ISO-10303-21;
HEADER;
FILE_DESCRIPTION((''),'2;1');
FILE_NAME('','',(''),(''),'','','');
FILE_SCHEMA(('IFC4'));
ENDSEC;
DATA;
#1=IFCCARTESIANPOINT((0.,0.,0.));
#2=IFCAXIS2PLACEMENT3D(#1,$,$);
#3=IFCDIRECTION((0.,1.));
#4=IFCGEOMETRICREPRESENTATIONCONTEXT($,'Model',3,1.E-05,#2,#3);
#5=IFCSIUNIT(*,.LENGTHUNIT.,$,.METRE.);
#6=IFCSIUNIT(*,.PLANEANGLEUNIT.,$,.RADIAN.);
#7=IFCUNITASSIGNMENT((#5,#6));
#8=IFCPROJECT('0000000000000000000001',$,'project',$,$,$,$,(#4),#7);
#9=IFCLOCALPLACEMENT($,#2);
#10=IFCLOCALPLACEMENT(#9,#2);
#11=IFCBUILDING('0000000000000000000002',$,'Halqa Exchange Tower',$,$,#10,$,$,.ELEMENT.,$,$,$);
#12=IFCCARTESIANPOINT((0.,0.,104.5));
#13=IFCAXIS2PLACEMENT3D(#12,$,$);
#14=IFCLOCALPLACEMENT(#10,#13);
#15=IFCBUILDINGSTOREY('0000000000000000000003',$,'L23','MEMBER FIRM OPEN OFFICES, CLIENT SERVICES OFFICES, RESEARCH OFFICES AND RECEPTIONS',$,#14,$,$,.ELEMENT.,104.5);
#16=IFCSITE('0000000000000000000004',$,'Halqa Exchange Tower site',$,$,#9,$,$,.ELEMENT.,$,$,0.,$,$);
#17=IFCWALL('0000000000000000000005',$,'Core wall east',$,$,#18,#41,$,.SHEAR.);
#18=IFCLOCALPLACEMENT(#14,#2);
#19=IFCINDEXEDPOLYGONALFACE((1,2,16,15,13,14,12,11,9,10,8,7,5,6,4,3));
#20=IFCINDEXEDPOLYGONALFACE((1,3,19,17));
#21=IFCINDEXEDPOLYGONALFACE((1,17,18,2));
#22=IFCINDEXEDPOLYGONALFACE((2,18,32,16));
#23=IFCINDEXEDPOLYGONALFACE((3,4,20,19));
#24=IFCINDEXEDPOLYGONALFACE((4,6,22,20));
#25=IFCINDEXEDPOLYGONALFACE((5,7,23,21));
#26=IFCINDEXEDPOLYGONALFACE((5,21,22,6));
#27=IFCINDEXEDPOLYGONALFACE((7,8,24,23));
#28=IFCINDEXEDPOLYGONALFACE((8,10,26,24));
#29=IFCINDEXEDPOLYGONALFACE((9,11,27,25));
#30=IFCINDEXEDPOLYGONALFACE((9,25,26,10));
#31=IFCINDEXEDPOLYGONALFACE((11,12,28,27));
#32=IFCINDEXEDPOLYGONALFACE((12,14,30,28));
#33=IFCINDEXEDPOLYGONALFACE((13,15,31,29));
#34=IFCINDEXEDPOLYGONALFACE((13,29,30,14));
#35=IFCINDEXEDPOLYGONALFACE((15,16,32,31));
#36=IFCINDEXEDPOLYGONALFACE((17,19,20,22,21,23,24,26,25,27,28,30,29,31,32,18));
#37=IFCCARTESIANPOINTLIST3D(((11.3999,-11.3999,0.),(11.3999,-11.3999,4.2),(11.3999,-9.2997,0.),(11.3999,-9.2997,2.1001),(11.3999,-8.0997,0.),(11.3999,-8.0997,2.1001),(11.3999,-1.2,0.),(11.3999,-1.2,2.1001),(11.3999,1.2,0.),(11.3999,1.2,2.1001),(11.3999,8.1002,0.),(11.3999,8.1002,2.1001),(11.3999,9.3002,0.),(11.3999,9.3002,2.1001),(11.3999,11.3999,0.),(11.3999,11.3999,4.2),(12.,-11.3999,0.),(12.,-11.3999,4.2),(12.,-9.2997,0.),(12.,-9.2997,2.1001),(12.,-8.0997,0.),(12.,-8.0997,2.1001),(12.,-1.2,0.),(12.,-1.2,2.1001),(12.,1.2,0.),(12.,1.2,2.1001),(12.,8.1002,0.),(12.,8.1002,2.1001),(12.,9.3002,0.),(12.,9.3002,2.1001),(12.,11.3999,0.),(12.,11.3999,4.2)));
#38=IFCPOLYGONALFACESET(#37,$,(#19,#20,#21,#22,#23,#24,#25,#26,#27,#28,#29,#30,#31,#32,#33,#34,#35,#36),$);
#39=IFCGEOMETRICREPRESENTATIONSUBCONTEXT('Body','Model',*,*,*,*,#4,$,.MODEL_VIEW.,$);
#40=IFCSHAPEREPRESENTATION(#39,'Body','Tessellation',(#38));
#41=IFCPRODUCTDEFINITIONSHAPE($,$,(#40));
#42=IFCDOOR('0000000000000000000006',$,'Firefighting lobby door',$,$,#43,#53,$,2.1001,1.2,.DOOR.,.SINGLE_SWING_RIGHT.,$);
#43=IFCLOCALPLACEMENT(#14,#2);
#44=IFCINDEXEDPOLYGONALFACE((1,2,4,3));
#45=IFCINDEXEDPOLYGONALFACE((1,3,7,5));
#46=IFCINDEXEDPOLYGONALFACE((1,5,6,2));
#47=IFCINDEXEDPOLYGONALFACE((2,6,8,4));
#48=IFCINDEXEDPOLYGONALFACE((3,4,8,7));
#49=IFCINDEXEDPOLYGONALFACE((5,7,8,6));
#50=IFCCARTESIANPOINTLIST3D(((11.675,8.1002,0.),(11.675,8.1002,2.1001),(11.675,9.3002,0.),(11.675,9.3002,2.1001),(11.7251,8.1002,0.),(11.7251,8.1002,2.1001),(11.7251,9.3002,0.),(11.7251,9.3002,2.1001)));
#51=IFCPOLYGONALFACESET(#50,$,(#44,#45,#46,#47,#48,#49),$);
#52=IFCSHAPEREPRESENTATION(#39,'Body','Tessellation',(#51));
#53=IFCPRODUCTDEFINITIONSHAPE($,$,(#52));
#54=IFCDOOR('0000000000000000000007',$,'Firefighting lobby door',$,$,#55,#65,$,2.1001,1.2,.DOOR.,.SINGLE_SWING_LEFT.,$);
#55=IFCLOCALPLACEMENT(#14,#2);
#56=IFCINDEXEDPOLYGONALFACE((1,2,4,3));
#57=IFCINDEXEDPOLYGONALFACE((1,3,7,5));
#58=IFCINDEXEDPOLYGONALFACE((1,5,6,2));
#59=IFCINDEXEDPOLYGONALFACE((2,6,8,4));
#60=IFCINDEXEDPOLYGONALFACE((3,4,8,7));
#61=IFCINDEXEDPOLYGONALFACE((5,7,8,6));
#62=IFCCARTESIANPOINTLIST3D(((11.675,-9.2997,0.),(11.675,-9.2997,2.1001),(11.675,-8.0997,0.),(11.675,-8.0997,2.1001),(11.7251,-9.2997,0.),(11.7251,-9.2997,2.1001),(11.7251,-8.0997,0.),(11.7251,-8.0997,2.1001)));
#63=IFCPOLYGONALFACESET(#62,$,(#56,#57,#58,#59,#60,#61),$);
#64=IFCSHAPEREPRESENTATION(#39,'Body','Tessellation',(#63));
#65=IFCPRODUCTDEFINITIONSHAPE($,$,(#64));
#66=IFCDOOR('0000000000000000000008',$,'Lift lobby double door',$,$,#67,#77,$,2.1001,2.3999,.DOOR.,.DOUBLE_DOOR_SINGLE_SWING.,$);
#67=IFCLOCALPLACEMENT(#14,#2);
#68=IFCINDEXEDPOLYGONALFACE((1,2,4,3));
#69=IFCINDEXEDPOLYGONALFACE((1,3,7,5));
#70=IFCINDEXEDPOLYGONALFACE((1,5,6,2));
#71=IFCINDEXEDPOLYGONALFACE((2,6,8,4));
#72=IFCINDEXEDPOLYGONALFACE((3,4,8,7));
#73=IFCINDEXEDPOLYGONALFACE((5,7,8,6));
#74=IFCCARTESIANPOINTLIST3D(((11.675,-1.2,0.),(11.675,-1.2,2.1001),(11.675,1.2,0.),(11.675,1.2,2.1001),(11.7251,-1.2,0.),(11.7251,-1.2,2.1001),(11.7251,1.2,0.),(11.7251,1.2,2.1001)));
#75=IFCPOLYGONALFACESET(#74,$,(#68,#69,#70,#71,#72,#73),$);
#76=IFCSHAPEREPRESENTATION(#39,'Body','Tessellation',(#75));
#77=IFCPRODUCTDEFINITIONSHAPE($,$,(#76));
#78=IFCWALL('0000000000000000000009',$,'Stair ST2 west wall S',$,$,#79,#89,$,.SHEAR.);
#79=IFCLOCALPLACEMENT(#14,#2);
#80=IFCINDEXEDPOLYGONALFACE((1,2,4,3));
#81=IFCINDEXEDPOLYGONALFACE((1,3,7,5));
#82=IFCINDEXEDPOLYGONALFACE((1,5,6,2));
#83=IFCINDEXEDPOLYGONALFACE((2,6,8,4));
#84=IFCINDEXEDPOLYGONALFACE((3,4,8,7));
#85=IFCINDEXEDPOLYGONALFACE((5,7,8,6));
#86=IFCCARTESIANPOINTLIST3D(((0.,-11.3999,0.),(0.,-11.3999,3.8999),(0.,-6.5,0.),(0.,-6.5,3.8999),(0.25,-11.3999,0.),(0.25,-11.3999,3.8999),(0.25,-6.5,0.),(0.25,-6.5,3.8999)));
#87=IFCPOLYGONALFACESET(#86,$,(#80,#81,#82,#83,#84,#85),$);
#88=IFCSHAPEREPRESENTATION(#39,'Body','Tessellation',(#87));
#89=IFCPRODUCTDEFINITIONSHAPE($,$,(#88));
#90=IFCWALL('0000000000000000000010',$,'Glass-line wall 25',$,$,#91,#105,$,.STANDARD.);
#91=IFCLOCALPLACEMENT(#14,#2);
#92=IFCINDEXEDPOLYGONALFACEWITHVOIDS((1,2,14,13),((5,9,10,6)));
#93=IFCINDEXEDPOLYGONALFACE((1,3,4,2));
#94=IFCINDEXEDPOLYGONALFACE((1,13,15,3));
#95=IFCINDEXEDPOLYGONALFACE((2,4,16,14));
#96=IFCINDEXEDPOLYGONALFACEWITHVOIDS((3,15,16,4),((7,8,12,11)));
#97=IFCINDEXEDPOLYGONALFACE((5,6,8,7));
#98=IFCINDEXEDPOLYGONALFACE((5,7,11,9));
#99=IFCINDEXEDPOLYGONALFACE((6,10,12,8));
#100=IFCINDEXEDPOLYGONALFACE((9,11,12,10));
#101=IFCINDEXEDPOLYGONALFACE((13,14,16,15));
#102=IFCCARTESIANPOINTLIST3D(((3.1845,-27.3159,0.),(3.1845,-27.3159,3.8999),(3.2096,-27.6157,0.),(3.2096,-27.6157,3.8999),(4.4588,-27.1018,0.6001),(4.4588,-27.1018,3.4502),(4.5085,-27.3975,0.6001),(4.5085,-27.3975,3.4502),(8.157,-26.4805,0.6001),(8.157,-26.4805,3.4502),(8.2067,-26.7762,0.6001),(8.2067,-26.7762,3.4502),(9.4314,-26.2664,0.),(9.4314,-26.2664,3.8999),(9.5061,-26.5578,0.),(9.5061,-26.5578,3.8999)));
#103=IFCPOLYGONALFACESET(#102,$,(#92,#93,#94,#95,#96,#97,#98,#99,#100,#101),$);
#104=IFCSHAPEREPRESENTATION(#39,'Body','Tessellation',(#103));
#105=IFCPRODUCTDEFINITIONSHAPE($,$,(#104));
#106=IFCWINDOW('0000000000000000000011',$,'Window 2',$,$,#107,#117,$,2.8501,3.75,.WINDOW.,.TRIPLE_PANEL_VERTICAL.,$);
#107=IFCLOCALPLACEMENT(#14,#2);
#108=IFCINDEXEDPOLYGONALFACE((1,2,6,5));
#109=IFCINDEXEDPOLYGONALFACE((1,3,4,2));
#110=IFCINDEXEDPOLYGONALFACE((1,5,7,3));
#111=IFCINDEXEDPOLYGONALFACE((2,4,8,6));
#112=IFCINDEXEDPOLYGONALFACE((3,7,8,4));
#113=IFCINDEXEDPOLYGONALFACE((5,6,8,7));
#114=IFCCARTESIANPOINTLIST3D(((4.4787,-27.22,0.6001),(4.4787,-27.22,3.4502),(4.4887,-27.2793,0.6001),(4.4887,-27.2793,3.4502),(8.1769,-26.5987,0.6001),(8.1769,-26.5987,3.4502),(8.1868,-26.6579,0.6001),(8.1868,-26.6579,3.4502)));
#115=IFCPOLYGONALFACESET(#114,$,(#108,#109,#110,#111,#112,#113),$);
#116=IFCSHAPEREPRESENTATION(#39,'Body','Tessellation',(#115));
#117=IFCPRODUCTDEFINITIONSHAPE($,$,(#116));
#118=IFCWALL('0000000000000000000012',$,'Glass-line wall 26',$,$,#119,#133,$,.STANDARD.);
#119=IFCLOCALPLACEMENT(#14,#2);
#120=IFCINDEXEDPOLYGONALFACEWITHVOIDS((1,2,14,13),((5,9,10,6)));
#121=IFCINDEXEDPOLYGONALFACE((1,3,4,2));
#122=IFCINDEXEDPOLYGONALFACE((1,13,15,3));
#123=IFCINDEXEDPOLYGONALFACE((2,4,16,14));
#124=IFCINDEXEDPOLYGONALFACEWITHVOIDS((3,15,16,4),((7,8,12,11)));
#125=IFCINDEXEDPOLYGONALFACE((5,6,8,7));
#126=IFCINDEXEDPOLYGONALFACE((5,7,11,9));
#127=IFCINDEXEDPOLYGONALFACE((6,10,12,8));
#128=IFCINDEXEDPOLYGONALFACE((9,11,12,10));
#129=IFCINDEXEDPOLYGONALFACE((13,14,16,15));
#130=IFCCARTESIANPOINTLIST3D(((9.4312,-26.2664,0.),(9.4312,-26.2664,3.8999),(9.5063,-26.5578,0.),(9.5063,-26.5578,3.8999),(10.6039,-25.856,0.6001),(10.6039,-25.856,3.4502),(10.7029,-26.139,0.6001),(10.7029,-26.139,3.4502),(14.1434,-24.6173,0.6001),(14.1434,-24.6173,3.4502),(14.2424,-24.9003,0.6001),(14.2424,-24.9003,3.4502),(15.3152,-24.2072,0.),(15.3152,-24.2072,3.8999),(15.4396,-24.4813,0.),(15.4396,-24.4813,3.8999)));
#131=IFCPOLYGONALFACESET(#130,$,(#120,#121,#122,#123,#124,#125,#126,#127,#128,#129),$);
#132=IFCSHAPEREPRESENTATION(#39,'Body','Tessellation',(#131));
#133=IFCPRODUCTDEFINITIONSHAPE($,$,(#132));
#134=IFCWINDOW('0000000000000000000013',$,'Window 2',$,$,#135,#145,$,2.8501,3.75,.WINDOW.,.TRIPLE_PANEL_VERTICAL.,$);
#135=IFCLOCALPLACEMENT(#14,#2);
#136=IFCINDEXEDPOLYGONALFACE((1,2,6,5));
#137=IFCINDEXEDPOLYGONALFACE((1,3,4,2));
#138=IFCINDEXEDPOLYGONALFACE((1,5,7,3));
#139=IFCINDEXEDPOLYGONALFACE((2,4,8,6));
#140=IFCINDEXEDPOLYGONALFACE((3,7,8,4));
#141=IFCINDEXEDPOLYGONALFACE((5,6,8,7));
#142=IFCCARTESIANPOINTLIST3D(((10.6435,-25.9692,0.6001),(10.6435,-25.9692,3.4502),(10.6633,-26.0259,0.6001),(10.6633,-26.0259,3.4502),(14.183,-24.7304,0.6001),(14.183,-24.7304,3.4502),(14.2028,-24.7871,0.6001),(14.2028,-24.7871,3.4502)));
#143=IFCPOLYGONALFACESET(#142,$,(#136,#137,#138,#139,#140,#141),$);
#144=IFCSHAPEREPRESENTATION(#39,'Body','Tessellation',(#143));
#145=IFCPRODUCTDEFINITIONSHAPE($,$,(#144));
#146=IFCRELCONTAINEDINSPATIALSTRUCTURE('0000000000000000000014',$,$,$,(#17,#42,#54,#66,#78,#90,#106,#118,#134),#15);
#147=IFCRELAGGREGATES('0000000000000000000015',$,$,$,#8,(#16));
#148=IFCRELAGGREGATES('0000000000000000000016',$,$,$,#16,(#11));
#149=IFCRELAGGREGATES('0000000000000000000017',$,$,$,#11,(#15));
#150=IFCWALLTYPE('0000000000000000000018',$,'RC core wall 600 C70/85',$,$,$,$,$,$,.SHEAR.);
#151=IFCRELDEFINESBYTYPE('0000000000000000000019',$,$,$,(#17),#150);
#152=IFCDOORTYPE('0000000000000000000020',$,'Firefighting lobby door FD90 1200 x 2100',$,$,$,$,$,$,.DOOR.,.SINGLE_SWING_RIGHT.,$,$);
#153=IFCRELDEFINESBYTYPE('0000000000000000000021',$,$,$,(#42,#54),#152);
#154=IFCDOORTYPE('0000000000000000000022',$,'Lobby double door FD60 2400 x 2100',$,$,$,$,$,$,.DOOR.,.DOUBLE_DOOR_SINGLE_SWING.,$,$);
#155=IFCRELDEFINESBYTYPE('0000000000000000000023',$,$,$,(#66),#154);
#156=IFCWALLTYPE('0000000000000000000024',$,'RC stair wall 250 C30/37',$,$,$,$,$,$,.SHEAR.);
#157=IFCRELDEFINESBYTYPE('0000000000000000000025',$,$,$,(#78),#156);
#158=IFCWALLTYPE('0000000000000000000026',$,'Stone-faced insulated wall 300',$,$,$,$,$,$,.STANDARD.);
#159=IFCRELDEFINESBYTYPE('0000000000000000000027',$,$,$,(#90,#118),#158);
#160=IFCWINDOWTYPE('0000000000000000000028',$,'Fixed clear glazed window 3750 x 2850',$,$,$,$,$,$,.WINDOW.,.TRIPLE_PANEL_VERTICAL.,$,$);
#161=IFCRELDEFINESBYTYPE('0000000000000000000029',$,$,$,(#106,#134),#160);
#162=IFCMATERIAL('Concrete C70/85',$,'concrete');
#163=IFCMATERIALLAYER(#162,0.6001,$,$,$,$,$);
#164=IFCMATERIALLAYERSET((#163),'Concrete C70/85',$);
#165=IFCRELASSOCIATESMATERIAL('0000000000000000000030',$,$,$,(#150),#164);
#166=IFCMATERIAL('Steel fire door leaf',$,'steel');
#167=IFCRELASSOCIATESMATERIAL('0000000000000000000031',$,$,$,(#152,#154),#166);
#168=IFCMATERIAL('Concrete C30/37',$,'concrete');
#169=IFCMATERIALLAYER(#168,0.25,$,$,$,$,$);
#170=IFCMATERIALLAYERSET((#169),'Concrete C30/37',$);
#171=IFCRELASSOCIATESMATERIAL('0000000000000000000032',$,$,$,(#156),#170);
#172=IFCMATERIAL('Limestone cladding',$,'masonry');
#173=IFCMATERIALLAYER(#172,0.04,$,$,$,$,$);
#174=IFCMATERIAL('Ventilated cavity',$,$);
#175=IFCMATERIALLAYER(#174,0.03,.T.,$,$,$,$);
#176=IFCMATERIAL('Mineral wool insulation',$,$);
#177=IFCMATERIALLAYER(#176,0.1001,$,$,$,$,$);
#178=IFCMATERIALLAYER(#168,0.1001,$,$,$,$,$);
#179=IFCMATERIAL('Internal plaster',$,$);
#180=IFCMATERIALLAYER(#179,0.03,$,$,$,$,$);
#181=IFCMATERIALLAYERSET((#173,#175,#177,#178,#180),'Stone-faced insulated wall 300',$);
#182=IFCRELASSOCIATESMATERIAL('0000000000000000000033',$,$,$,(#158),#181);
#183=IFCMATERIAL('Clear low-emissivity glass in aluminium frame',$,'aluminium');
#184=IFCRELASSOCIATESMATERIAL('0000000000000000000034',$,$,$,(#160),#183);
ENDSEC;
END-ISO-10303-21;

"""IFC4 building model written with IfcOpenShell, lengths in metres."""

from ifc_helpers import new_model, si_unit, direction, frame, frame_2d, origin, place, context, subcontext, project, spatial, polyline, rectangle, outline, extrude, material, layer, layer_set, type_object, element, fill, save


model = new_model("IFC4")

# Units and contexts
model_context = context("Model", 3, precision=1e-05, world=origin(), true_north=direction((0.0, 1.0)))
body_context = subcontext(model_context, "Body", "Model", "MODEL_VIEW")
ifc_project = project(units=[si_unit("LENGTHUNIT", "METRE"), si_unit("PLANEANGLEUNIT", "RADIAN")], contexts=[model_context])

# Site, building, storey
site_placement = place(None, origin())
site = spatial("IfcSite", under=ifc_project, at=site_placement, Name="Halqa Exchange Tower site", CompositionType="ELEMENT", RefElevation=0.0)
building_placement = place(site_placement, origin())
building = spatial("IfcBuilding", under=site, at=building_placement, Name="Halqa Exchange Tower", CompositionType="ELEMENT")
storey_placement = place(building_placement, frame((0.0, 0.0, 104.5)))
storey = spatial("IfcBuildingStorey", under=building, at=storey_placement, Name="L23", Description="MEMBER FIRM OPEN OFFICES, CLIENT SERVICES OFFICES, RESEARCH OFFICES AND RECEPTIONS", CompositionType="ELEMENT", Elevation=104.5)

# Shared definitions
ifc_material_1 = material(Name="Concrete C70/85", Category="concrete")

# Wall, openings, doors
ifc_layer_1 = layer(ifc_material_1, 0.6001)
ifc_layer_set_1 = layer_set([ifc_layer_1], Name="Concrete C70/85")
wall_type_1 = type_object("IfcWallType", Name="RC core wall 600 C70/85", PredefinedType="SHEAR", material=ifc_layer_set_1)
wall_1_placement = place(storey_placement, frame((11.7, -11.3999, 0.0), z_axis=(0.0, 0.0, 1.0), x_axis=(0.0, 1.0, 0.0)))
wall_1 = element("IfcWall", 1, at=wall_1_placement, inside=storey, type_object=wall_type_1, Name="Core wall east", PredefinedType="SHEAR", context=body_context, shape_type="SweptSolid", body=[
    extrude(rectangle(XDim=22.7998, YDim=0.6001, at=frame_2d((11.3999, 0.0))), origin(), (0.0, 0.0, 1.0), 4.2),
])
opening_1_placement = place(wall_1_placement, frame((10.2, 0.0, 0.0)))
opening_1 = element("IfcOpeningElement", 2, at=opening_1_placement, cuts=wall_1, PredefinedType="OPENING", context=body_context, shape_type="SweptSolid", body=[
    extrude(rectangle(XDim=2.3999, YDim=2.1001, at=frame_2d((1.2, 1.05))), frame((0.0, 0.312, 0.0), z_axis=(0.0, -1.0, 0.0), x_axis=(1.0, 0.0, 0.0)), (0.0, 0.0, 1.0), 0.624),
])
opening_2_placement = place(wall_1_placement, frame((19.5, 0.0, 0.0)))
opening_2 = element("IfcOpeningElement", 3, at=opening_2_placement, cuts=wall_1, PredefinedType="OPENING", context=body_context, shape_type="SweptSolid", body=[
    extrude(rectangle(XDim=1.2, YDim=2.1001, at=frame_2d((0.6001, 1.05))), frame((0.0, 0.312, 0.0), z_axis=(0.0, -1.0, 0.0), x_axis=(1.0, 0.0, 0.0)), (0.0, 0.0, 1.0), 0.624),
])
opening_3_placement = place(wall_1_placement, frame((2.1001, 0.0, 0.0)))
opening_3 = element("IfcOpeningElement", 4, at=opening_3_placement, cuts=wall_1, PredefinedType="OPENING", context=body_context, shape_type="SweptSolid", body=[
    extrude(rectangle(XDim=1.2, YDim=2.1001, at=frame_2d((0.6001, 1.05))), frame((0.0, 0.312, 0.0), z_axis=(0.0, -1.0, 0.0), x_axis=(1.0, 0.0, 0.0)), (0.0, 0.0, 1.0), 0.624),
])
ifc_material_2 = material(Name="Steel fire door leaf", Category="steel")
door_type_1 = type_object("IfcDoorType", Name="Firefighting lobby door FD90 1200 x 2100", OperationType="SINGLE_SWING_RIGHT", PredefinedType="DOOR", material=ifc_material_2)
door_1_placement = place(opening_2_placement, origin())
door_1 = element("IfcDoor", 5, at=door_1_placement, inside=storey, type_object=door_type_1, Name="Firefighting lobby door", OperationType="SINGLE_SWING_RIGHT", OverallHeight=2.1001, OverallWidth=1.2, PredefinedType="DOOR", context=body_context, shape_type="SweptSolid", body=[
    extrude(rectangle(XDim=1.2, YDim=2.1001, at=frame_2d((0.6001, 1.05))), frame((0.0, 0.0249, 0.0), z_axis=(0.0, -1.0, 0.0), x_axis=(1.0, 0.0, 0.0)), (0.0, 0.0, 1.0), 0.05),
])
fill(opening_2, door_1)
door_2_placement = place(opening_3_placement, origin())
door_2 = element("IfcDoor", 6, at=door_2_placement, inside=storey, type_object=door_type_1, Name="Firefighting lobby door", OperationType="SINGLE_SWING_LEFT", OverallHeight=2.1001, OverallWidth=1.2, PredefinedType="DOOR", context=body_context, shape_type="SweptSolid", body=[
    extrude(rectangle(XDim=1.2, YDim=2.1001, at=frame_2d((0.6001, 1.05))), frame((0.0, 0.0249, 0.0), z_axis=(0.0, -1.0, 0.0), x_axis=(1.0, 0.0, 0.0)), (0.0, 0.0, 1.0), 0.05),
])
fill(opening_3, door_2)
door_type_2 = type_object("IfcDoorType", Name="Lobby double door FD60 2400 x 2100", OperationType="DOUBLE_DOOR_SINGLE_SWING", PredefinedType="DOOR", material=ifc_material_2)
door_3_placement = place(opening_1_placement, origin())
door_3 = element("IfcDoor", 7, at=door_3_placement, inside=storey, type_object=door_type_2, Name="Lift lobby double door", OperationType="DOUBLE_DOOR_SINGLE_SWING", OverallHeight=2.1001, OverallWidth=2.3999, PredefinedType="DOOR", context=body_context, shape_type="SweptSolid", body=[
    extrude(rectangle(XDim=2.3999, YDim=2.1001, at=frame_2d((1.2, 1.05))), frame((0.0, 0.0249, 0.0), z_axis=(0.0, -1.0, 0.0), x_axis=(1.0, 0.0, 0.0)), (0.0, 0.0, 1.0), 0.05),
])
fill(opening_1, door_3)

# Wall
ifc_material_3 = material(Name="Concrete C30/37", Category="concrete")
ifc_layer_2 = layer(ifc_material_3, 0.25)
ifc_layer_set_2 = layer_set([ifc_layer_2], Name="Concrete C30/37")
wall_type_2 = type_object("IfcWallType", Name="RC stair wall 250 C30/37", PredefinedType="SHEAR", material=ifc_layer_set_2)
wall_2_placement = place(storey_placement, frame((0.125, -11.3999, 0.0), z_axis=(0.0, 0.0, 1.0), x_axis=(0.0, 1.0, 0.0)))
element("IfcWall", 8, at=wall_2_placement, inside=storey, type_object=wall_type_2, Name="Stair ST2 west wall S", PredefinedType="SHEAR", context=body_context, shape_type="SweptSolid", body=[
    extrude(rectangle(XDim=4.8999, YDim=0.25, at=frame_2d((2.45, 0.0))), origin(), (0.0, 0.0, 1.0), 3.8999),
])

# Walls, openings, windows
ifc_material_4 = material(Name="Limestone cladding", Category="masonry")
ifc_layer_3 = layer(ifc_material_4, 0.04)
ifc_material_5 = material(Name="Ventilated cavity")
ifc_layer_4 = layer(ifc_material_5, 0.03, ventilated=True)
ifc_material_6 = material(Name="Mineral wool insulation")
ifc_layer_5 = layer(ifc_material_6, 0.1001)
ifc_layer_6 = layer(ifc_material_3, 0.1001)
ifc_material_7 = material(Name="Internal plaster")
ifc_layer_7 = layer(ifc_material_7, 0.03)
ifc_layer_set_3 = layer_set([ifc_layer_3, ifc_layer_4, ifc_layer_5, ifc_layer_6, ifc_layer_7], Name="Stone-faced insulated wall 300")
wall_type_3 = type_object("IfcWallType", Name="Stone-faced insulated wall 300", PredefinedType="STANDARD", material=ifc_layer_set_3)
wall_3_placement = place(storey_placement, frame((3.197, -27.4658, 0.0), z_axis=(0.0, 0.0, 1.0), x_axis=(0.986178, 0.165687, 0.0)))
wall_3 = element("IfcWall", 9, at=wall_3_placement, inside=storey, type_object=wall_type_3, Name="Glass-line wall 25", PredefinedType="STANDARD", context=body_context, shape_type="SweptSolid", body=[
    extrude(outline(polyline([(-0.0125, -0.1499), (6.3723, -0.1499), (6.3469, 0.1499), (0.0125, 0.1499), (-0.0125, -0.1499)])), origin(), (0.0, 0.0, 1.0), 3.8999),
])
opening_4_placement = place(wall_3_placement, frame((1.3047, 0.0, 0.6001)))
opening_4 = element("IfcOpeningElement", 10, at=opening_4_placement, cuts=wall_3, PredefinedType="OPENING", context=body_context, shape_type="SweptSolid", body=[
    extrude(rectangle(XDim=3.75, YDim=2.8501, at=frame_2d((1.875, 1.425))), frame((0.0, 0.1621, 0.0), z_axis=(0.0, -1.0, 0.0), x_axis=(1.0, 0.0, 0.0)), (0.0, 0.0, 1.0), 0.324),
])
ifc_material_8 = material(Name="Clear low-emissivity glass in aluminium frame", Category="aluminium")
window_type = type_object("IfcWindowType", Name="Fixed clear glazed window 3750 x 2850", PartitioningType="TRIPLE_PANEL_VERTICAL", PredefinedType="WINDOW", material=ifc_material_8)
window_1_placement = place(opening_4_placement, origin())
window_1 = element("IfcWindow", 11, at=window_1_placement, inside=storey, type_object=window_type, Name="Window 2", OverallHeight=2.8501, OverallWidth=3.75, PartitioningType="TRIPLE_PANEL_VERTICAL", PredefinedType="WINDOW", context=body_context, shape_type="SweptSolid", body=[
    extrude(rectangle(XDim=3.75, YDim=2.8501, at=frame_2d((1.875, 1.425))), frame((0.0, 0.03, 0.0), z_axis=(0.0, -1.0, 0.0), x_axis=(1.0, 0.0, 0.0)), (0.0, 0.0, 1.0), 0.0601),
])
fill(opening_4, window_1)
wall_4_placement = place(storey_placement, frame((9.4688, -26.4121, 0.0), z_axis=(0.0, 0.0, 1.0), x_axis=(0.943867, 0.330326, 0.0)))
wall_4 = element("IfcWall", 12, at=wall_4_placement, inside=storey, type_object=wall_type_3, Name="Glass-line wall 26", PredefinedType="STANDARD", context=body_context, shape_type="SweptSolid", body=[
    extrude(outline(polyline([(-0.0127, -0.1499), (6.2734, -0.1499), (6.2466, 0.1499), (0.0127, 0.1499), (-0.0127, -0.1499)])), origin(), (0.0, 0.0, 1.0), 3.8999),
])
opening_5_placement = place(wall_4_placement, frame((1.2551, 0.0, 0.6001)))
opening_5 = element("IfcOpeningElement", 13, at=opening_5_placement, cuts=wall_4, PredefinedType="OPENING", context=body_context, shape_type="SweptSolid", body=[
    extrude(rectangle(XDim=3.75, YDim=2.8501, at=frame_2d((1.875, 1.425))), frame((0.0, 0.1621, 0.0), z_axis=(0.0, -1.0, 0.0), x_axis=(1.0, 0.0, 0.0)), (0.0, 0.0, 1.0), 0.324),
])
window_2_placement = place(opening_5_placement, origin())
window_2 = element("IfcWindow", 14, at=window_2_placement, inside=storey, type_object=window_type, Name="Window 2", OverallHeight=2.8501, OverallWidth=3.75, PartitioningType="TRIPLE_PANEL_VERTICAL", PredefinedType="WINDOW", context=body_context, shape_type="SweptSolid", body=[
    extrude(rectangle(XDim=3.75, YDim=2.8501, at=frame_2d((1.875, 1.425))), frame((0.0, 0.03, 0.0), z_axis=(0.0, -1.0, 0.0), x_axis=(1.0, 0.0, 0.0)), (0.0, 0.0, 1.0), 0.0601),
])
fill(opening_5, window_2)

save(model, "model.ifc")
